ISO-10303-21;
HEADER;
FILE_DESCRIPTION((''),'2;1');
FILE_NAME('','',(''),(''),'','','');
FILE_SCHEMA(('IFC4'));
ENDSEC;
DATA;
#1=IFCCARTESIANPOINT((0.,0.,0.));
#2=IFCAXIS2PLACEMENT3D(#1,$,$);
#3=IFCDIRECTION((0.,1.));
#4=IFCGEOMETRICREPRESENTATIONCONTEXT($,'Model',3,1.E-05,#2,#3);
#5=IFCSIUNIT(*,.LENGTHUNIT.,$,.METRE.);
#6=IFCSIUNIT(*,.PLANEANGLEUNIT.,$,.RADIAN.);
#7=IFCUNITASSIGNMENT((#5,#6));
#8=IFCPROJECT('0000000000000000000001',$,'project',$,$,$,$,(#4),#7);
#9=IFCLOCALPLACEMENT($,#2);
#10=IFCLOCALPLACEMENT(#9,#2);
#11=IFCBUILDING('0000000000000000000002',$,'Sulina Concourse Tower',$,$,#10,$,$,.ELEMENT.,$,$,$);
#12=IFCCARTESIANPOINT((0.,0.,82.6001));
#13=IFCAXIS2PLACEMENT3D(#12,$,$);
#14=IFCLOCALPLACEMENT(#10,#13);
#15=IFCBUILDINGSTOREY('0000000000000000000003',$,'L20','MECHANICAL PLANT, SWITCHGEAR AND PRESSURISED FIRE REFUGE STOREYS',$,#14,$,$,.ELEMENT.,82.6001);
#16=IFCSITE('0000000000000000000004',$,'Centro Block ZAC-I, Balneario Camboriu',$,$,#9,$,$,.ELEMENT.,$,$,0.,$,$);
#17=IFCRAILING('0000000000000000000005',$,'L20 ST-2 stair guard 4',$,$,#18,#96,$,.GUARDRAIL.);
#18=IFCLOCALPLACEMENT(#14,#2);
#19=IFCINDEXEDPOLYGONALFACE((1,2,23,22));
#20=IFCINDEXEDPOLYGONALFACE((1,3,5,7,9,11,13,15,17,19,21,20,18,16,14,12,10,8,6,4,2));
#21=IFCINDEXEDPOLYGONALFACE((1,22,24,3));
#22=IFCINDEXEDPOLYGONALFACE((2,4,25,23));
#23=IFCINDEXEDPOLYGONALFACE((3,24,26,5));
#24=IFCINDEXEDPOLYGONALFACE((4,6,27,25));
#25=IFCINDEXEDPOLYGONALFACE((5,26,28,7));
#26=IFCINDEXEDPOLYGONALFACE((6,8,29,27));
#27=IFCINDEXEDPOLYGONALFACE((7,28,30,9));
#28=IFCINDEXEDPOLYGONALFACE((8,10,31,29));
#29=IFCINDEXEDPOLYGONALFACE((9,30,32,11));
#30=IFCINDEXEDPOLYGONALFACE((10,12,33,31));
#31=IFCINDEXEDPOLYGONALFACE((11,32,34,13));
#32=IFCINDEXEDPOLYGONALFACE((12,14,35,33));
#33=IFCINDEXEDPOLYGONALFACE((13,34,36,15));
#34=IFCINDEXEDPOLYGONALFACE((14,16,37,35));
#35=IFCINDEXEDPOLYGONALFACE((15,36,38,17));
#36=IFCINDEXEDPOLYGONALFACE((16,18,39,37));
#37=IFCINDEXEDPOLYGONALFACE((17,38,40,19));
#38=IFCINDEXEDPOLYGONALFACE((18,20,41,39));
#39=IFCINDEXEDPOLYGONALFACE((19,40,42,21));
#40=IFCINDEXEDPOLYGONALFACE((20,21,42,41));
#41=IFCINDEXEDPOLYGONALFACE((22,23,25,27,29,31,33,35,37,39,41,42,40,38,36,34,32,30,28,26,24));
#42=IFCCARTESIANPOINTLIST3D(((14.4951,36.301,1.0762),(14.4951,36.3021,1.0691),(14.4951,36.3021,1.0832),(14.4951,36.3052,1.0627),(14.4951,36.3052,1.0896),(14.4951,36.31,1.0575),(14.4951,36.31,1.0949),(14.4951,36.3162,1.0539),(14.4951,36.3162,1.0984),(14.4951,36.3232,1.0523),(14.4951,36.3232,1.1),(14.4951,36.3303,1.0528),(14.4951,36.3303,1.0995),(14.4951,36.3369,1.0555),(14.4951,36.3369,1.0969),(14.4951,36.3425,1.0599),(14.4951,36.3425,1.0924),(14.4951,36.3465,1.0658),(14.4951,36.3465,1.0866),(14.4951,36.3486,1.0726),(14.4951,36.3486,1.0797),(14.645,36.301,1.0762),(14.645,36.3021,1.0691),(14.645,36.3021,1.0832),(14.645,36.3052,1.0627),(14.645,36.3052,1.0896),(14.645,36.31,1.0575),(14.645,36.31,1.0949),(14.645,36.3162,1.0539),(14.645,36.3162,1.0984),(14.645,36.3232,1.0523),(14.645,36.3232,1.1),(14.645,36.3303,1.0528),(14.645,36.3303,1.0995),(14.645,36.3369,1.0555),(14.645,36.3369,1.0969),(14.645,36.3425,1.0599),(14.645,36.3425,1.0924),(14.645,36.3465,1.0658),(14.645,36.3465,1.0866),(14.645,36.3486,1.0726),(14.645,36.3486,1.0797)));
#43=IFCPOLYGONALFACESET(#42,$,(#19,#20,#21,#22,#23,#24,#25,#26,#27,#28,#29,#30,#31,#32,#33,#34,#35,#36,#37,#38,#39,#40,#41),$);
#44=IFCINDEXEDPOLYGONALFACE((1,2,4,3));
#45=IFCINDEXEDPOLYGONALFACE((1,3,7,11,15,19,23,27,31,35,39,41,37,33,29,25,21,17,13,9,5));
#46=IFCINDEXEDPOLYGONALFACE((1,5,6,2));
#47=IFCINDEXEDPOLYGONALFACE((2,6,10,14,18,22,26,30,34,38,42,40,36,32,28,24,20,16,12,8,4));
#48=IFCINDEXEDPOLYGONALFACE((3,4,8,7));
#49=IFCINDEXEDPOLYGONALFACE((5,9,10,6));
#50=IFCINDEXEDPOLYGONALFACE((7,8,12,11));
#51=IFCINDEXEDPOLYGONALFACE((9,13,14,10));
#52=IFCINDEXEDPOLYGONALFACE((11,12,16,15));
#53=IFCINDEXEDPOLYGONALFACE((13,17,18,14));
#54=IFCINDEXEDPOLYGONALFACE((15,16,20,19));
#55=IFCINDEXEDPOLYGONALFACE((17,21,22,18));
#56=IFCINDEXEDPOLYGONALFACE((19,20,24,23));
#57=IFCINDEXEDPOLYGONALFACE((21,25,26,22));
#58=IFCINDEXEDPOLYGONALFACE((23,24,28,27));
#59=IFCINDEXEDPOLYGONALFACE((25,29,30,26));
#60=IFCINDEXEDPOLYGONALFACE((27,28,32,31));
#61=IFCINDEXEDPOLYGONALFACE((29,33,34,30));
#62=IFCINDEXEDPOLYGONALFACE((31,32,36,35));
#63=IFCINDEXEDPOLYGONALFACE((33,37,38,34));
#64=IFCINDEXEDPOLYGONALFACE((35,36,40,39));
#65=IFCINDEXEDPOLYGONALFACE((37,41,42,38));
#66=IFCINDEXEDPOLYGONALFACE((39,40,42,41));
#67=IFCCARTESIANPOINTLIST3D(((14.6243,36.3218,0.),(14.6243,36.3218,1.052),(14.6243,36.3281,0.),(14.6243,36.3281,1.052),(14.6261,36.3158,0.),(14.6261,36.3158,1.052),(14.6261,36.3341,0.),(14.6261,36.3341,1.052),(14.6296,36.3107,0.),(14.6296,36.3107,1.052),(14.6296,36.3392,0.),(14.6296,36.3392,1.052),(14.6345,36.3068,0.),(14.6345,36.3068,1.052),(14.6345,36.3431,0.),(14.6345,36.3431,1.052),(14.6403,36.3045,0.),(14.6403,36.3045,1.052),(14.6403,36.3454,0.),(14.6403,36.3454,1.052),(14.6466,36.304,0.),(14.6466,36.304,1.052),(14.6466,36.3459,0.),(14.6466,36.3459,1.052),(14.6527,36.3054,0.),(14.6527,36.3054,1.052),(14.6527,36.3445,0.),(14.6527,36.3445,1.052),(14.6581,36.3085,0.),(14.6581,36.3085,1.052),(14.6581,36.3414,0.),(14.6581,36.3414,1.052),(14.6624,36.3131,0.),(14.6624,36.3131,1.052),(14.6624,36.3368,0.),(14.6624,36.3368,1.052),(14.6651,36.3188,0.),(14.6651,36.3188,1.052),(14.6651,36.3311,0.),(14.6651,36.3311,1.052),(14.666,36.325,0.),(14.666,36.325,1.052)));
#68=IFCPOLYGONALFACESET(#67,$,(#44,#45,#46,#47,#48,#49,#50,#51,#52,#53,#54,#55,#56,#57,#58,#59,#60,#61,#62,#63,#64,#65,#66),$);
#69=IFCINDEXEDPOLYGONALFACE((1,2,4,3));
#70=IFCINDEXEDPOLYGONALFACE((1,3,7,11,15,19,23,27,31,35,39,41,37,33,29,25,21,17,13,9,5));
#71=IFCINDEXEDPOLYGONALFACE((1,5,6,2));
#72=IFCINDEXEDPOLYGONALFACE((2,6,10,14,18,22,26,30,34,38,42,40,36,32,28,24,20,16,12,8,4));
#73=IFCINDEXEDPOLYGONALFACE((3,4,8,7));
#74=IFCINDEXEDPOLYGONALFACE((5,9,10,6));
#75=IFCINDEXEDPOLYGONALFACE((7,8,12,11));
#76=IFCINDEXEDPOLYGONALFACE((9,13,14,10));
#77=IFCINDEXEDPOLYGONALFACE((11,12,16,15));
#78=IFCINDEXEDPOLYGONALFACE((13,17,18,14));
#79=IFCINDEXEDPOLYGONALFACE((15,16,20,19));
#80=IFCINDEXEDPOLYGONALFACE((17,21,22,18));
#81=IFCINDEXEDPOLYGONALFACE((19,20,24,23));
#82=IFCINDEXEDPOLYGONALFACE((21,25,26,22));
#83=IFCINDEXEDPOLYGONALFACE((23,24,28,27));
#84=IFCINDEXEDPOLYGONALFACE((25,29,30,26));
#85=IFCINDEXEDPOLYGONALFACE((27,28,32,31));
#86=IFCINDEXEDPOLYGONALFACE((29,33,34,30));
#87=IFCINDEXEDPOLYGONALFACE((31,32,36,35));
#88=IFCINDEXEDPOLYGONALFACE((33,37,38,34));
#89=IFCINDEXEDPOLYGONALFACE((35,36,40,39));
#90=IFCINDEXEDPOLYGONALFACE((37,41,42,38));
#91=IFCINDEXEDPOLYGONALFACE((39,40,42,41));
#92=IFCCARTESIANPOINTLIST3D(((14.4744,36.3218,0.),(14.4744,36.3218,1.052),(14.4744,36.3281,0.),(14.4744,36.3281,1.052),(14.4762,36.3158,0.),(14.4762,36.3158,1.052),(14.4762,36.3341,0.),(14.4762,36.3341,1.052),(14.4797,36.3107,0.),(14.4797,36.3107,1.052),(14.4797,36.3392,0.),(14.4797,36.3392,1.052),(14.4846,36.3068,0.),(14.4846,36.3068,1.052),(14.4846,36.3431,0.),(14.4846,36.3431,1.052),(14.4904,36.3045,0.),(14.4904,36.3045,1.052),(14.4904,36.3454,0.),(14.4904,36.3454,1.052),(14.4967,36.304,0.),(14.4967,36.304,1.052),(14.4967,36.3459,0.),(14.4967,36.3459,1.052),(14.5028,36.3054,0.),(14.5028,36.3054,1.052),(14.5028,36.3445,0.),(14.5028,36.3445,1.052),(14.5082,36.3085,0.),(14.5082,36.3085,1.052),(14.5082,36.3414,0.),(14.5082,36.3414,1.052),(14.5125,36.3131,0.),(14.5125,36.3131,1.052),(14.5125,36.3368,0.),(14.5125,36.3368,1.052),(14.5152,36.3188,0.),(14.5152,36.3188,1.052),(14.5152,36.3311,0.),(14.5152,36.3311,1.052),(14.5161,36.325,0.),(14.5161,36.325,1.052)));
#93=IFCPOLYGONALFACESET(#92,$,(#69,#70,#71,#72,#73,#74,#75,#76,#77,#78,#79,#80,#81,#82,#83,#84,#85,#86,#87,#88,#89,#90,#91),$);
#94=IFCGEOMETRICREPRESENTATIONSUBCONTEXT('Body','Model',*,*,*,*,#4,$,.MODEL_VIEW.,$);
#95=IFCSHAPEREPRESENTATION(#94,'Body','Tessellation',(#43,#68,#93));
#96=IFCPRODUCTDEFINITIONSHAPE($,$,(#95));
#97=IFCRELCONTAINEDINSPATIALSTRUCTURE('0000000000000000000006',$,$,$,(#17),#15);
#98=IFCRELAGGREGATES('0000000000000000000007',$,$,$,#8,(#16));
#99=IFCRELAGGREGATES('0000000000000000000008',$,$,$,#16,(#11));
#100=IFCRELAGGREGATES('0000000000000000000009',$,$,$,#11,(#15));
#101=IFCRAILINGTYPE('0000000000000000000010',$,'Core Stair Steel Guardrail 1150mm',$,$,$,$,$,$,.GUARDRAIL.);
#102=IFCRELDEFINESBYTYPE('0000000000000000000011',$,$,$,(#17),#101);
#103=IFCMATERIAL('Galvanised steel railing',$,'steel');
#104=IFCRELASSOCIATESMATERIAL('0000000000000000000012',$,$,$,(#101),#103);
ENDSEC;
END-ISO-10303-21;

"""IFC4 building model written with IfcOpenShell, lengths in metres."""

from ifc_helpers import new_model, si_unit, direction, frame, origin, origin_2d, place, context, subcontext, project, spatial, circle, extrude, material, type_object, element, save


model = new_model("IFC4")

# Units and contexts
model_context = context("Model", 3, precision=1e-05, world=origin(), true_north=direction((0.0, 1.0)))
body_context = subcontext(model_context, "Body", "Model", "MODEL_VIEW")
ifc_project = project(units=[si_unit("LENGTHUNIT", "METRE"), si_unit("PLANEANGLEUNIT", "RADIAN")], contexts=[model_context])

# Site, building, storey
site_placement = place(None, origin())
site = spatial("IfcSite", under=ifc_project, at=site_placement, Name="Centro Block ZAC-I, Balneario Camboriu", CompositionType="ELEMENT", RefElevation=0.0)
building_placement = place(site_placement, origin())
building = spatial("IfcBuilding", under=site, at=building_placement, Name="Sulina Concourse Tower", CompositionType="ELEMENT")
storey_placement = place(building_placement, frame((0.0, 0.0, 82.6001)))
storey = spatial("IfcBuildingStorey", under=building, at=storey_placement, Name="L20", Description="MECHANICAL PLANT, SWITCHGEAR AND PRESSURISED FIRE REFUGE STOREYS", CompositionType="ELEMENT", Elevation=82.6001)

# Railing
ifc_material_1 = material(Name="Galvanised steel railing", Category="steel")
railing_type = type_object("IfcRailingType", Name="Core Stair Steel Guardrail 1150mm", PredefinedType="GUARDRAIL", material=ifc_material_1)
railing_1_placement = place(storey_placement, frame((14.645, 36.325, 0.0)))
element("IfcRailing", 1, at=railing_1_placement, inside=storey, type_object=railing_type, Name="L20 ST-2 stair guard 4", PredefinedType="GUARDRAIL", context=body_context, shape_type="SweptSolid", body=[
    extrude(circle(Radius=0.0239, at=origin_2d()), frame((0.0, 0.0, 1.0762), z_axis=(-1.0, 0.0, 0.0), x_axis=(0.0, -1.0, 0.0)), (0.0, 0.0, 1.0), 0.1499),
    extrude(circle(Radius=0.021, at=origin_2d()), origin(), (0.0, 0.0, 1.0), 1.052),
    extrude(circle(Radius=0.021, at=origin_2d()), frame((-0.1499, 0.0, 0.0)), (0.0, 0.0, 1.0), 1.052),
])

save(model, "model.ifc")
